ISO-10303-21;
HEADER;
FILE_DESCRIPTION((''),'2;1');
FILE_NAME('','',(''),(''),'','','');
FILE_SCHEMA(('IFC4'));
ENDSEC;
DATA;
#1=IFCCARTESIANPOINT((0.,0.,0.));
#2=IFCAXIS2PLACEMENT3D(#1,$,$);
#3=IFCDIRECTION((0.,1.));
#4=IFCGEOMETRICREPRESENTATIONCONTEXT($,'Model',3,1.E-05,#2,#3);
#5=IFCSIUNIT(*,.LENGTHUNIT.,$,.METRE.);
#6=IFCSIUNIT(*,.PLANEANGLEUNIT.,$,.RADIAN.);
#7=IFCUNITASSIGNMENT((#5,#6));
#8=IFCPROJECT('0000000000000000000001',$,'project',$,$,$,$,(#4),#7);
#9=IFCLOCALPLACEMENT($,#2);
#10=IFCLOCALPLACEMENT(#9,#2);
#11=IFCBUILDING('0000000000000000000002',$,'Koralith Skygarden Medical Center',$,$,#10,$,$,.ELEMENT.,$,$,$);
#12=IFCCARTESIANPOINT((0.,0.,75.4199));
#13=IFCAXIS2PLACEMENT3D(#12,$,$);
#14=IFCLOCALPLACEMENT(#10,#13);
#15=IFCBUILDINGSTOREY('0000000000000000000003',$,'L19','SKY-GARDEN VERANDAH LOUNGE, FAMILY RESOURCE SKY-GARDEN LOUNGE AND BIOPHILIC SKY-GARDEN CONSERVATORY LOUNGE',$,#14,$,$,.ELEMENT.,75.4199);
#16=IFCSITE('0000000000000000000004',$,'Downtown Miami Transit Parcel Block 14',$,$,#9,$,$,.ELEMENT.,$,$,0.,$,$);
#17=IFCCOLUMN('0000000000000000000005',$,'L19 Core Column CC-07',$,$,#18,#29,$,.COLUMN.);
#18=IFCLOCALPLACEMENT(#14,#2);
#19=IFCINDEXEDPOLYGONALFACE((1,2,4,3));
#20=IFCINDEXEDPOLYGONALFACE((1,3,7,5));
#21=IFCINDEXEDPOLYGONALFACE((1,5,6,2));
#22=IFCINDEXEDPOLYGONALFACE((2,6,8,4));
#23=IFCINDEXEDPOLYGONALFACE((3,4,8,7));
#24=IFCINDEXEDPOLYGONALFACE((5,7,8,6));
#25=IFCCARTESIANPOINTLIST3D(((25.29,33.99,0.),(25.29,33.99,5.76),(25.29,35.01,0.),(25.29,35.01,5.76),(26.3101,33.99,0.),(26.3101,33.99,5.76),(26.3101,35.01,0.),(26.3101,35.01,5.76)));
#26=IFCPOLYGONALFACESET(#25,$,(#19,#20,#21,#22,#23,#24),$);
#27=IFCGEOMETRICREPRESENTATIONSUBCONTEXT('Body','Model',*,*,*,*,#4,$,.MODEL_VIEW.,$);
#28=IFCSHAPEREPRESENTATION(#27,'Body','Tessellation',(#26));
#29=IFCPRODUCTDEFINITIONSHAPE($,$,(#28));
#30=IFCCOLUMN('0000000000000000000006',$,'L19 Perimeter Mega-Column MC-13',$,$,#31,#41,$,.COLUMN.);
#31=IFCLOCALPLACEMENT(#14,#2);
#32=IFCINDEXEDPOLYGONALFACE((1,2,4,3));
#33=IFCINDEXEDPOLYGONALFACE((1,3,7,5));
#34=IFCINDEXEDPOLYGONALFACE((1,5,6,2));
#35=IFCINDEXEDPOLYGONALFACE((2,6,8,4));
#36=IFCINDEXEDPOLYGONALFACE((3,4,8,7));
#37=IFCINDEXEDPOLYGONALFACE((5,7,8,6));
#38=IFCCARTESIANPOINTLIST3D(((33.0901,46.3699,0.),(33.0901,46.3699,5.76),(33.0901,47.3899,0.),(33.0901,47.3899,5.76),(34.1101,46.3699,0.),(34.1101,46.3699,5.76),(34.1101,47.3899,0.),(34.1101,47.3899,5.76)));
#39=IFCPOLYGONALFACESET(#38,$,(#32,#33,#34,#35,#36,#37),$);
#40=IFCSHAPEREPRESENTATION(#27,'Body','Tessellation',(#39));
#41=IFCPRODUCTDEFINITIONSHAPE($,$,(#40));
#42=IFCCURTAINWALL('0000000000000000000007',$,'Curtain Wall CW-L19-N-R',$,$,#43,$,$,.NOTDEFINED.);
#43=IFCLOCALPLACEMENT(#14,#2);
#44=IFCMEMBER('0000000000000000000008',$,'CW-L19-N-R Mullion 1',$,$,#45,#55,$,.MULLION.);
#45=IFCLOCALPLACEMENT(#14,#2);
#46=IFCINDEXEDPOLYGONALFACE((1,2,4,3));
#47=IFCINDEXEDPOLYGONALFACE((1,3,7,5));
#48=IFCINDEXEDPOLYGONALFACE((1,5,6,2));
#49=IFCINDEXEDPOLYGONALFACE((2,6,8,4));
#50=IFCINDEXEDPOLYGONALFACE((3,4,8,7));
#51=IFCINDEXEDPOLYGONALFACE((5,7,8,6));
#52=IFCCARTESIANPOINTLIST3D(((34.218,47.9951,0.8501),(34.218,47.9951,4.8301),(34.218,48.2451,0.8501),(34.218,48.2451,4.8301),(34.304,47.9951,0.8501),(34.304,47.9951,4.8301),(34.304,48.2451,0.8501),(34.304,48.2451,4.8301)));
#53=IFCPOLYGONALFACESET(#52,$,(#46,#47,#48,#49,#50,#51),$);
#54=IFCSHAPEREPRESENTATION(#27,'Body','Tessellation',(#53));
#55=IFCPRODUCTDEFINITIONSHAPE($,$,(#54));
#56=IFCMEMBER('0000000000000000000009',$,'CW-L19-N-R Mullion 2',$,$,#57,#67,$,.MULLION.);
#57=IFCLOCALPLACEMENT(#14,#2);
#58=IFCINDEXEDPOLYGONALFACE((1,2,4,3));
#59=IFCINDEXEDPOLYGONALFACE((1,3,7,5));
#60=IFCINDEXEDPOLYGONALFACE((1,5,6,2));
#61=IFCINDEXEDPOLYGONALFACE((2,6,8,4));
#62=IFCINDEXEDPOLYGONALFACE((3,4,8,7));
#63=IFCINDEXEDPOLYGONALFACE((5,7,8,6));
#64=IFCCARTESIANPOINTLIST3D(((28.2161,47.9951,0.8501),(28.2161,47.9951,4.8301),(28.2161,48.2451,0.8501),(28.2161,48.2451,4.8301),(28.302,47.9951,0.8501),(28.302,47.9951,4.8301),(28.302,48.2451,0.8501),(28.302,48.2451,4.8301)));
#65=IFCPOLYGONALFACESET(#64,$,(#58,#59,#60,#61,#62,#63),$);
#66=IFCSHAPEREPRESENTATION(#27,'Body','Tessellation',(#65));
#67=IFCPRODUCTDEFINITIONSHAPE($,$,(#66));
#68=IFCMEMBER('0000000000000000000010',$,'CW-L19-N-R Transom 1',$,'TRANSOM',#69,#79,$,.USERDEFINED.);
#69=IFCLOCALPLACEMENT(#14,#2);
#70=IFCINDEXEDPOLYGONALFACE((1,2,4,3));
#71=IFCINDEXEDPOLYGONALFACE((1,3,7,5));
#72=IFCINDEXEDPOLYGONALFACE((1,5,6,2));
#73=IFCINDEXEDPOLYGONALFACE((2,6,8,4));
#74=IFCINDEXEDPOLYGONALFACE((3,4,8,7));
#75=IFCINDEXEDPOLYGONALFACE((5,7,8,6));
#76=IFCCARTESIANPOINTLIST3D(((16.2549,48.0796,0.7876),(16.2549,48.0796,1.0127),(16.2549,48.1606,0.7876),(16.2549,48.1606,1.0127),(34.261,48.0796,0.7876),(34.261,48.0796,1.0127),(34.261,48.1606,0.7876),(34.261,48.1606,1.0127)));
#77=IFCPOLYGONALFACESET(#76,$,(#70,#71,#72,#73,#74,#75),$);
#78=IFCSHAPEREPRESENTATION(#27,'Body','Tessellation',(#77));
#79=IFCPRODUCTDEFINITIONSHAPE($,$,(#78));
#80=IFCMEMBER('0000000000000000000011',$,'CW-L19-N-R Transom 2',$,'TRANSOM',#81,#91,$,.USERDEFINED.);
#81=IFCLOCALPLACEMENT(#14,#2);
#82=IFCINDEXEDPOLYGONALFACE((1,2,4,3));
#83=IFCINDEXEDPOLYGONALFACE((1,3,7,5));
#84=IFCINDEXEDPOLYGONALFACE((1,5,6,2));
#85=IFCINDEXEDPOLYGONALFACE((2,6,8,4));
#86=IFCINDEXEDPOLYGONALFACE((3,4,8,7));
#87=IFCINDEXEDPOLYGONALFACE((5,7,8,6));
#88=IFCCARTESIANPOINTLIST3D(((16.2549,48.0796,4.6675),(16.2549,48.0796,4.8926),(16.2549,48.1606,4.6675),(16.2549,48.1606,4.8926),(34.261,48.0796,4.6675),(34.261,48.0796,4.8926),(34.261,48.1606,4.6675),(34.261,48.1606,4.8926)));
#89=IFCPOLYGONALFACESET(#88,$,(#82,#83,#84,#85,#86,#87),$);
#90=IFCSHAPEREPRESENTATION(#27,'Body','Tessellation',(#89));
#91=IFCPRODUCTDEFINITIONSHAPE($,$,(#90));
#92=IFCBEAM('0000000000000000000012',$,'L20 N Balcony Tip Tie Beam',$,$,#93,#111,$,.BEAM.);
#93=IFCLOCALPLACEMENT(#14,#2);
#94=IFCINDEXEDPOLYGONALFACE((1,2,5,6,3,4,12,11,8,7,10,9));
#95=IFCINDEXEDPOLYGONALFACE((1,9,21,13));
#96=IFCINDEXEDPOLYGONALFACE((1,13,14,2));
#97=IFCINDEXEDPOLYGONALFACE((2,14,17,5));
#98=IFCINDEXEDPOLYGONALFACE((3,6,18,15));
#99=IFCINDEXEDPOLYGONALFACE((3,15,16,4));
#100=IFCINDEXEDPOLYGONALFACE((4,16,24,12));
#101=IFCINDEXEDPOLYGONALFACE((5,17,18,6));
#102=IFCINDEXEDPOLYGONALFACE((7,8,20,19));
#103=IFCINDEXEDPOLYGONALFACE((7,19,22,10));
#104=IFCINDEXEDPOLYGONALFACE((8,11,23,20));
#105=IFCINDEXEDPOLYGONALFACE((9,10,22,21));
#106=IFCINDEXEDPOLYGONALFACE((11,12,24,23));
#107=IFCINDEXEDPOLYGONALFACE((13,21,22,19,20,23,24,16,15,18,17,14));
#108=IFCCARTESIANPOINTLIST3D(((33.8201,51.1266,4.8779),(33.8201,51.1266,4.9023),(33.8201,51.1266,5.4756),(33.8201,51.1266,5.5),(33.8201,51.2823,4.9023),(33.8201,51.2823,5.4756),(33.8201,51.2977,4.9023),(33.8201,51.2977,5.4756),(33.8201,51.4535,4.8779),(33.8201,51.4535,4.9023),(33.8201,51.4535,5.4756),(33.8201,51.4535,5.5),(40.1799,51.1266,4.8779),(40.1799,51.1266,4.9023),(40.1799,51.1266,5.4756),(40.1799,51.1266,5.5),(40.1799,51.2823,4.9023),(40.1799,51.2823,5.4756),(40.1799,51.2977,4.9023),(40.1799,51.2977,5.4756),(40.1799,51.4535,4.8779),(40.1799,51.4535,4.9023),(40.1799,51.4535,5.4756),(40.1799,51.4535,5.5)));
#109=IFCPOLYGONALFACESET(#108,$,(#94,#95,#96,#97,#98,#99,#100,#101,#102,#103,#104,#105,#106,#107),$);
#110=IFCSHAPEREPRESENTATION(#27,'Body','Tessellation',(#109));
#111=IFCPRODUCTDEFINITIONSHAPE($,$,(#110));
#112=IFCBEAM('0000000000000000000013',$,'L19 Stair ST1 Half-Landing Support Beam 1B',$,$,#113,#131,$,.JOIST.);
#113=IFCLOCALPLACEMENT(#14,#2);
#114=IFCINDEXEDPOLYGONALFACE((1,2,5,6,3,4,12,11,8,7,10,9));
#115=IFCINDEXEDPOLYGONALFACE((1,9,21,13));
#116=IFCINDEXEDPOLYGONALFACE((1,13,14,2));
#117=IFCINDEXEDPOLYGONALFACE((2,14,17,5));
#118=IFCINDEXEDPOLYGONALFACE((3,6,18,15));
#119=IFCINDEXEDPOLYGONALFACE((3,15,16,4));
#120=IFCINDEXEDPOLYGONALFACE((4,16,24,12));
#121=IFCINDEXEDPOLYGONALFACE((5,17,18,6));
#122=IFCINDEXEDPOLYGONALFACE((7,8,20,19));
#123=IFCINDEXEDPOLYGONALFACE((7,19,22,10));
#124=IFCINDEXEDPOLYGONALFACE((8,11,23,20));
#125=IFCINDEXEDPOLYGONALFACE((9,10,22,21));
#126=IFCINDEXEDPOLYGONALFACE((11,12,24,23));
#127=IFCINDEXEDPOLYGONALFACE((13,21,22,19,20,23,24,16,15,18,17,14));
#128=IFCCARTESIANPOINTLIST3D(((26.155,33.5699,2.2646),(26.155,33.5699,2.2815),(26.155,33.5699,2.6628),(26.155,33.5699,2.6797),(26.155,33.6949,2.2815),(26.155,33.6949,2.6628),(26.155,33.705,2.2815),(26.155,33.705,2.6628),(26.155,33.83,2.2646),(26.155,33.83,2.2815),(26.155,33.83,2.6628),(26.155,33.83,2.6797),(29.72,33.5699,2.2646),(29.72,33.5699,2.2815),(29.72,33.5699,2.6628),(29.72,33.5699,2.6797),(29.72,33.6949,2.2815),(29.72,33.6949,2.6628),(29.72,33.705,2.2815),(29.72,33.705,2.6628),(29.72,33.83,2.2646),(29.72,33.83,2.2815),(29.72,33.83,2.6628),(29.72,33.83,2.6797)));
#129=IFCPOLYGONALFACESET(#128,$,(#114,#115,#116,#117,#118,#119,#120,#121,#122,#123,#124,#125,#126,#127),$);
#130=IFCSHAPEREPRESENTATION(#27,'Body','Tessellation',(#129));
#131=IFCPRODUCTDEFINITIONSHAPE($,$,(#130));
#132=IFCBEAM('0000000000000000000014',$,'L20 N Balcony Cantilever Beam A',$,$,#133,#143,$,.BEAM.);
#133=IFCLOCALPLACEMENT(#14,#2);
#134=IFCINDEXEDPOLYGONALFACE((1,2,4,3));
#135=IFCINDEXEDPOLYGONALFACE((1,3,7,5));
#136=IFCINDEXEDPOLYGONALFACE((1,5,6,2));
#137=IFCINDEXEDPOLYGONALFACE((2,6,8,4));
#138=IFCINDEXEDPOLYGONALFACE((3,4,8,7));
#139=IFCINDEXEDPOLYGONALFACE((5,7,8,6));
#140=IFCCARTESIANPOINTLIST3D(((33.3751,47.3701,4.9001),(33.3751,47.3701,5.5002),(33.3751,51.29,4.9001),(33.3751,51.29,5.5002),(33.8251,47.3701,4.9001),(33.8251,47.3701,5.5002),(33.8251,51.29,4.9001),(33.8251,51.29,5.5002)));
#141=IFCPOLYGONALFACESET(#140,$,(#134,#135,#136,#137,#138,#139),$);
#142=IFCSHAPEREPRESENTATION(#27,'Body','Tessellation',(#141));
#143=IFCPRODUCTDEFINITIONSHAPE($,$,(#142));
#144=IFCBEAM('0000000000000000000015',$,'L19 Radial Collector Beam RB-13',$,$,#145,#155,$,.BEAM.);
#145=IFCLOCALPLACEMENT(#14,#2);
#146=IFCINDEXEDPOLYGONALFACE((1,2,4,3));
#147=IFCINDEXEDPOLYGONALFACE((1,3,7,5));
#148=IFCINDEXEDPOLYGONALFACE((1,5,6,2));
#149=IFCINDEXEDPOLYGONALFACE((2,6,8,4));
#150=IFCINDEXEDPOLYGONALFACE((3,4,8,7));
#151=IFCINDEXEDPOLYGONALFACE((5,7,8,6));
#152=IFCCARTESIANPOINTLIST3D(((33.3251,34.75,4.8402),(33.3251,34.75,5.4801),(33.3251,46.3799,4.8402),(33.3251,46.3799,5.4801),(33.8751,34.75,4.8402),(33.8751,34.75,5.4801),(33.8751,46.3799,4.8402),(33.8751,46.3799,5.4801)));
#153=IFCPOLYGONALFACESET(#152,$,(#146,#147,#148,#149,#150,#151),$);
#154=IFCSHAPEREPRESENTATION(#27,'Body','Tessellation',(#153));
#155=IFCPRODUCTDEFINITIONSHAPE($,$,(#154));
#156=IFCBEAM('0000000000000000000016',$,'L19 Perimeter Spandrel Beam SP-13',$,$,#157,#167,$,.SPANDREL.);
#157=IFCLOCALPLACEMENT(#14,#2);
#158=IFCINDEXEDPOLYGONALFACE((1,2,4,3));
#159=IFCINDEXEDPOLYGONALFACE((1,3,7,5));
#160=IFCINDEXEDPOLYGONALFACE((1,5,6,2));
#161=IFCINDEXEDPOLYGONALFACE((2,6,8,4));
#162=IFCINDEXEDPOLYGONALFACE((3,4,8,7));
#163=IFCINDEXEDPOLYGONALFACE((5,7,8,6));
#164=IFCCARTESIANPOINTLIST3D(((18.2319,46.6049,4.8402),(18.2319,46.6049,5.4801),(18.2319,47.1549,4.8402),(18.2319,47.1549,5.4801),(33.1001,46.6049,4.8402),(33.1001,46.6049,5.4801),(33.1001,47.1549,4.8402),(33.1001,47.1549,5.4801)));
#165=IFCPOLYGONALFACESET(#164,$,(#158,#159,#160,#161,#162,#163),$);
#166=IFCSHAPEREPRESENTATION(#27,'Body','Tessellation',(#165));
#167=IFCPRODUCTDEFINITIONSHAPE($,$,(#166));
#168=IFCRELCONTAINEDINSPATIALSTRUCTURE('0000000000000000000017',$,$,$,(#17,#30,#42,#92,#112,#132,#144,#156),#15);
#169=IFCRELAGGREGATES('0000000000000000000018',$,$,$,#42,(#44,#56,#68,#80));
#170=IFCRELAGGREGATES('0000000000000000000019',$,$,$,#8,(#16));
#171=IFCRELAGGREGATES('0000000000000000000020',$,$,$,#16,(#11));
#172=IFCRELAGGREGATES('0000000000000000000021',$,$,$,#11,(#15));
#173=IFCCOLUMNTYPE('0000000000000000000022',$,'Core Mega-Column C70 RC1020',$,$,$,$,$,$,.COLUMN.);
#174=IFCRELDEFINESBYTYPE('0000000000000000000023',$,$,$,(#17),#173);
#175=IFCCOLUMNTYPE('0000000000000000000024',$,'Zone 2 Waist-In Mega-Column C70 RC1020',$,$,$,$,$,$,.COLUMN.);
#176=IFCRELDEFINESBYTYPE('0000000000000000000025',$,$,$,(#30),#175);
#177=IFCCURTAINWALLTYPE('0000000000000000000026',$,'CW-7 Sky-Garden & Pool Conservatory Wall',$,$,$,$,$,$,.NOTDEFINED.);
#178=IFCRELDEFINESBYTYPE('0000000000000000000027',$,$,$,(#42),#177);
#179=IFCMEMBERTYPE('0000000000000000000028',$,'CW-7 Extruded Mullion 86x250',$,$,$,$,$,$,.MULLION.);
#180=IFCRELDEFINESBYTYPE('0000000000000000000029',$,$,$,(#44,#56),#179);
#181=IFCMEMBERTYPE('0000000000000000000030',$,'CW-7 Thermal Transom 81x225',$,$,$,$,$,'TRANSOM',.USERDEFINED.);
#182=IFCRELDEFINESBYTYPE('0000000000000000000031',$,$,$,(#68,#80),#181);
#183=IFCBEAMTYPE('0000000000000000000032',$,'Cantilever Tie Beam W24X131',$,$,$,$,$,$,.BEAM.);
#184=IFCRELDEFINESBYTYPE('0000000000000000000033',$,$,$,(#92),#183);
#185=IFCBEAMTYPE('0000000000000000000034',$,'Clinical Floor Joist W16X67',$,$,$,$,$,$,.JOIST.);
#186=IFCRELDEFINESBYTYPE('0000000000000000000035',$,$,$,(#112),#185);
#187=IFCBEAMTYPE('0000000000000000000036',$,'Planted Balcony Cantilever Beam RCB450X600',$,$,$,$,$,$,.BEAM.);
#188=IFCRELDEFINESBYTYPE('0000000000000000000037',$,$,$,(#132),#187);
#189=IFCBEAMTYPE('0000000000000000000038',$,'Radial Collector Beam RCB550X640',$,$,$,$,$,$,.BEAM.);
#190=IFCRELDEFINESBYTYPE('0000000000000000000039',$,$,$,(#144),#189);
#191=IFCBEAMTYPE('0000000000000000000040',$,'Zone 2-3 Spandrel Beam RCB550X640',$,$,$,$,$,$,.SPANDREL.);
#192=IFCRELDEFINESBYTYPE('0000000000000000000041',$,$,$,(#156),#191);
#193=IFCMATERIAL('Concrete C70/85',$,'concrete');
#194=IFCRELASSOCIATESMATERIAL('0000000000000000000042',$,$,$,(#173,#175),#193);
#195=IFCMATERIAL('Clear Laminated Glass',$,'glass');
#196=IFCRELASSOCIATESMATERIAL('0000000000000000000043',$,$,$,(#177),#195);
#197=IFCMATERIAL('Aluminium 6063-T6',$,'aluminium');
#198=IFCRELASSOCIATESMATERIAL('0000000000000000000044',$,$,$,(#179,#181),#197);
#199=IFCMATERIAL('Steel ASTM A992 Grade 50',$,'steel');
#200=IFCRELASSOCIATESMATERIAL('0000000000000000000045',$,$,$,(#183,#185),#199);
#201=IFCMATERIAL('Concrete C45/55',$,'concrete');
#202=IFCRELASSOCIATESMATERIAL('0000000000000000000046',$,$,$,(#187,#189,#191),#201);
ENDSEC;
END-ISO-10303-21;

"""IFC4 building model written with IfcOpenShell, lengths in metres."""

from ifc_helpers import new_model, si_unit, direction, frame, origin, origin_2d, place, context, subcontext, project, spatial, rectangle, i_section, extrude, material, material_profile, profile_set, type_object, element, aggregate, save


model = new_model("IFC4")

# Units and contexts
model_context = context("Model", 3, precision=1e-05, world=origin(), true_north=direction((0.0, 1.0)))
body_context = subcontext(model_context, "Body", "Model", "MODEL_VIEW")
ifc_project = project(units=[si_unit("LENGTHUNIT", "METRE"), si_unit("PLANEANGLEUNIT", "RADIAN")], contexts=[model_context])

# Site, building, storey
site_placement = place(None, origin())
site = spatial("IfcSite", under=ifc_project, at=site_placement, Name="Downtown Miami Transit Parcel Block 14", CompositionType="ELEMENT", RefElevation=0.0)
building_placement = place(site_placement, origin())
building = spatial("IfcBuilding", under=site, at=building_placement, Name="Koralith Skygarden Medical Center", CompositionType="ELEMENT")
storey_placement = place(building_placement, frame((0.0, 0.0, 75.4199)))
storey = spatial("IfcBuildingStorey", under=building, at=storey_placement, Name="L19", Description="SKY-GARDEN VERANDAH LOUNGE, FAMILY RESOURCE SKY-GARDEN LOUNGE AND BIOPHILIC SKY-GARDEN CONSERVATORY LOUNGE", CompositionType="ELEMENT", Elevation=75.4199)

# Columns
ifc_material_1 = material(Name="Concrete C70/85", Category="concrete")
ifc_material_profile_1 = material_profile(ifc_material_1, rectangle(XDim=1.02, YDim=1.02, at=origin_2d()), Name="RC1020X1020")
ifc_profile_set_1 = profile_set([ifc_material_profile_1], Name="Concrete C70/85")
column_type_1 = type_object("IfcColumnType", Name="Core Mega-Column C70 RC1020", PredefinedType="COLUMN", material=ifc_profile_set_1)
column_1_placement = place(storey_placement, frame((25.8, 34.5, 0.0), z_axis=(0.0, 0.0, 1.0), x_axis=(1.0, 0.0, 0.0)))
element("IfcColumn", 1, at=column_1_placement, inside=storey, type_object=column_type_1, Name="L19 Core Column CC-07", PredefinedType="COLUMN", context=body_context, shape_type="SweptSolid", body=[
    extrude(rectangle(XDim=1.02, YDim=1.02, at=origin_2d()), origin(), (0.0, 0.0, 1.0), 5.76),
])
ifc_material_profile_2 = material_profile(ifc_material_1, rectangle(XDim=1.02, YDim=1.02, at=origin_2d()), Name="RC1020X1020")
ifc_profile_set_2 = profile_set([ifc_material_profile_2], Name="Concrete C70/85")
column_type_2 = type_object("IfcColumnType", Name="Zone 2 Waist-In Mega-Column C70 RC1020", PredefinedType="COLUMN", material=ifc_profile_set_2)
column_2_placement = place(storey_placement, frame((33.6001, 46.8799, 0.0), z_axis=(0.0, 0.0, 1.0), x_axis=(1.0, 0.0, 0.0)))
element("IfcColumn", 2, at=column_2_placement, inside=storey, type_object=column_type_2, Name="L19 Perimeter Mega-Column MC-13", PredefinedType="COLUMN", context=body_context, shape_type="SweptSolid", body=[
    extrude(rectangle(XDim=1.02, YDim=1.02, at=origin_2d()), origin(), (0.0, 0.0, 1.0), 5.76),
])

# Curtain wall, members
ifc_material_2 = material(Name="Clear Laminated Glass", Category="glass")
curtain_wall_type = type_object("IfcCurtainWallType", Name="CW-7 Sky-Garden & Pool Conservatory Wall", PredefinedType="NOTDEFINED", material=ifc_material_2)
curtain_wall_placement = place(storey_placement, origin())
curtain_wall = element("IfcCurtainWall", 3, at=curtain_wall_placement, inside=storey, type_object=curtain_wall_type, Name="Curtain Wall CW-L19-N-R", PredefinedType="NOTDEFINED")
ifc_material_3 = material(Name="Aluminium 6063-T6", Category="aluminium")
ifc_material_profile_3 = material_profile(ifc_material_3, rectangle(XDim=0.0859, YDim=0.25, at=origin_2d()), Name="MUL86X250")
ifc_profile_set_3 = profile_set([ifc_material_profile_3], Name="Aluminium 6063-T6")
member_type_1 = type_object("IfcMemberType", Name="CW-7 Extruded Mullion 86x250", PredefinedType="MULLION", material=ifc_profile_set_3)
member_1_placement = place(storey_placement, frame((34.261, 48.1201, 0.8501), z_axis=(0.0, 0.0, 1.0), x_axis=(1.0, 0.0, 0.0)))
member_1 = element("IfcMember", 4, at=member_1_placement, type_object=member_type_1, Name="CW-L19-N-R Mullion 1", PredefinedType="MULLION", context=body_context, shape_type="SweptSolid", body=[
    extrude(rectangle(XDim=0.0859, YDim=0.25, at=origin_2d()), origin(), (0.0, 0.0, 1.0), 3.98),
])
member_2_placement = place(storey_placement, frame((28.259, 48.1201, 0.8501), z_axis=(0.0, 0.0, 1.0), x_axis=(1.0, 0.0, 0.0)))
member_2 = element("IfcMember", 5, at=member_2_placement, type_object=member_type_1, Name="CW-L19-N-R Mullion 2", PredefinedType="MULLION", context=body_context, shape_type="SweptSolid", body=[
    extrude(rectangle(XDim=0.0859, YDim=0.25, at=origin_2d()), origin(), (0.0, 0.0, 1.0), 3.98),
])
ifc_material_profile_4 = material_profile(ifc_material_3, rectangle(XDim=0.0811, YDim=0.2251, at=origin_2d()), Name="TRN81X225")
ifc_profile_set_4 = profile_set([ifc_material_profile_4], Name="Aluminium 6063-T6")
member_type_2 = type_object("IfcMemberType", Name="CW-7 Thermal Transom 81x225", ElementType="TRANSOM", PredefinedType="USERDEFINED", material=ifc_profile_set_4)
member_3_placement = place(storey_placement, frame((34.261, 48.1201, 0.9001), z_axis=(-1.0, 0.0, 0.0), x_axis=(0.0, -1.0, 0.0)))
member_3 = element("IfcMember", 6, at=member_3_placement, type_object=member_type_2, Name="CW-L19-N-R Transom 1", ObjectType="TRANSOM", PredefinedType="USERDEFINED", context=body_context, shape_type="SweptSolid", body=[
    extrude(rectangle(XDim=0.0811, YDim=0.2251, at=origin_2d()), origin(), (0.0, 0.0, 1.0), 18.0061),
])
member_4_placement = place(storey_placement, frame((34.261, 48.1201, 4.78), z_axis=(-1.0, 0.0, 0.0), x_axis=(0.0, -1.0, 0.0)))
member_4 = element("IfcMember", 7, at=member_4_placement, type_object=member_type_2, Name="CW-L19-N-R Transom 2", ObjectType="TRANSOM", PredefinedType="USERDEFINED", context=body_context, shape_type="SweptSolid", body=[
    extrude(rectangle(XDim=0.0811, YDim=0.2251, at=origin_2d()), origin(), (0.0, 0.0, 1.0), 18.0061),
])

# Beams
ifc_material_4 = material(Name="Steel ASTM A992 Grade 50", Category="steel")
ifc_material_profile_5 = material_profile(ifc_material_4, i_section(OverallWidth=0.3269, OverallDepth=0.6221, WebThickness=0.0154, FlangeThickness=0.0244, at=origin_2d()), Name="W24X131")
ifc_profile_set_5 = profile_set([ifc_material_profile_5], Name="Steel ASTM A992 Grade 50")
beam_type_1 = type_object("IfcBeamType", Name="Cantilever Tie Beam W24X131", PredefinedType="BEAM", material=ifc_profile_set_5)
beam_1_placement = place(storey_placement, frame((33.8201, 51.29, 5.189), z_axis=(1.0, 0.0, 0.0), x_axis=(0.0, 1.0, 0.0)))
element("IfcBeam", 8, at=beam_1_placement, inside=storey, type_object=beam_type_1, Name="L20 N Balcony Tip Tie Beam", PredefinedType="BEAM", context=body_context, shape_type="SweptSolid", body=[
    extrude(i_section(OverallWidth=0.3269, OverallDepth=0.6221, WebThickness=0.0154, FlangeThickness=0.0244, at=origin_2d()), origin(), (0.0, 0.0, 1.0), 6.3599),
])
ifc_material_profile_6 = material_profile(ifc_material_4, i_section(OverallWidth=0.26, OverallDepth=0.415, WebThickness=0.01, FlangeThickness=0.0168, at=origin_2d()), Name="W16X67")
ifc_profile_set_6 = profile_set([ifc_material_profile_6], Name="Steel ASTM A992 Grade 50")
beam_type_2 = type_object("IfcBeamType", Name="Clinical Floor Joist W16X67", PredefinedType="JOIST", material=ifc_profile_set_6)
beam_2_placement = place(storey_placement, frame((26.155, 33.7, 2.4722), z_axis=(1.0, 0.0, 0.0), x_axis=(0.0, 1.0, 0.0)))
element("IfcBeam", 9, at=beam_2_placement, inside=storey, type_object=beam_type_2, Name="L19 Stair ST1 Half-Landing Support Beam 1B", PredefinedType="JOIST", context=body_context, shape_type="SweptSolid", body=[
    extrude(i_section(OverallWidth=0.26, OverallDepth=0.415, WebThickness=0.01, FlangeThickness=0.0168, at=origin_2d()), origin(), (0.0, 0.0, 1.0), 3.5649),
])
ifc_material_5 = material(Name="Concrete C45/55", Category="concrete")
ifc_material_profile_7 = material_profile(ifc_material_5, rectangle(XDim=0.45, YDim=0.6001, at=origin_2d()), Name="RCB450X600")
ifc_profile_set_7 = profile_set([ifc_material_profile_7], Name="Concrete C45/55")
beam_type_3 = type_object("IfcBeamType", Name="Planted Balcony Cantilever Beam RCB450X600", PredefinedType="BEAM", material=ifc_profile_set_7)
beam_3_placement = place(storey_placement, frame((33.6001, 47.3701, 5.2002), z_axis=(0.0, 1.0, 0.0), x_axis=(-1.0, 0.0, 0.0)))
element("IfcBeam", 10, at=beam_3_placement, inside=storey, type_object=beam_type_3, Name="L20 N Balcony Cantilever Beam A", PredefinedType="BEAM", context=body_context, shape_type="SweptSolid", body=[
    extrude(rectangle(XDim=0.45, YDim=0.6001, at=origin_2d()), origin(), (0.0, 0.0, 1.0), 3.9199),
])
ifc_material_profile_8 = material_profile(ifc_material_5, rectangle(XDim=0.55, YDim=0.6399, at=origin_2d()), Name="RCB550X640")
ifc_profile_set_8 = profile_set([ifc_material_profile_8], Name="Concrete C45/55")
beam_type_4 = type_object("IfcBeamType", Name="Radial Collector Beam RCB550X640", PredefinedType="BEAM", material=ifc_profile_set_8)
beam_4_placement = place(storey_placement, frame((33.6001, 34.75, 5.1602), z_axis=(0.0, 1.0, 0.0), x_axis=(-1.0, 0.0, 0.0)))
element("IfcBeam", 11, at=beam_4_placement, inside=storey, type_object=beam_type_4, Name="L19 Radial Collector Beam RB-13", PredefinedType="BEAM", context=body_context, shape_type="SweptSolid", body=[
    extrude(rectangle(XDim=0.55, YDim=0.6399, at=origin_2d()), origin(), (0.0, 0.0, 1.0), 11.6299),
])
ifc_material_profile_9 = material_profile(ifc_material_5, rectangle(XDim=0.55, YDim=0.6399, at=origin_2d()), Name="RCB550X640")
ifc_profile_set_9 = profile_set([ifc_material_profile_9], Name="Concrete C45/55")
beam_type_5 = type_object("IfcBeamType", Name="Zone 2-3 Spandrel Beam RCB550X640", PredefinedType="SPANDREL", material=ifc_profile_set_9)
beam_5_placement = place(storey_placement, frame((33.1001, 46.8799, 5.1602), z_axis=(-1.0, 0.0, 0.0), x_axis=(0.0, -1.0, 0.0)))
element("IfcBeam", 12, at=beam_5_placement, inside=storey, type_object=beam_type_5, Name="L19 Perimeter Spandrel Beam SP-13", PredefinedType="SPANDREL", context=body_context, shape_type="SweptSolid", body=[
    extrude(rectangle(XDim=0.55, YDim=0.6399, at=origin_2d()), origin(), (0.0, 0.0, 1.0), 14.8682),
])

aggregate(curtain_wall, [member_1, member_2, member_3, member_4])

save(model, "model.ifc")
